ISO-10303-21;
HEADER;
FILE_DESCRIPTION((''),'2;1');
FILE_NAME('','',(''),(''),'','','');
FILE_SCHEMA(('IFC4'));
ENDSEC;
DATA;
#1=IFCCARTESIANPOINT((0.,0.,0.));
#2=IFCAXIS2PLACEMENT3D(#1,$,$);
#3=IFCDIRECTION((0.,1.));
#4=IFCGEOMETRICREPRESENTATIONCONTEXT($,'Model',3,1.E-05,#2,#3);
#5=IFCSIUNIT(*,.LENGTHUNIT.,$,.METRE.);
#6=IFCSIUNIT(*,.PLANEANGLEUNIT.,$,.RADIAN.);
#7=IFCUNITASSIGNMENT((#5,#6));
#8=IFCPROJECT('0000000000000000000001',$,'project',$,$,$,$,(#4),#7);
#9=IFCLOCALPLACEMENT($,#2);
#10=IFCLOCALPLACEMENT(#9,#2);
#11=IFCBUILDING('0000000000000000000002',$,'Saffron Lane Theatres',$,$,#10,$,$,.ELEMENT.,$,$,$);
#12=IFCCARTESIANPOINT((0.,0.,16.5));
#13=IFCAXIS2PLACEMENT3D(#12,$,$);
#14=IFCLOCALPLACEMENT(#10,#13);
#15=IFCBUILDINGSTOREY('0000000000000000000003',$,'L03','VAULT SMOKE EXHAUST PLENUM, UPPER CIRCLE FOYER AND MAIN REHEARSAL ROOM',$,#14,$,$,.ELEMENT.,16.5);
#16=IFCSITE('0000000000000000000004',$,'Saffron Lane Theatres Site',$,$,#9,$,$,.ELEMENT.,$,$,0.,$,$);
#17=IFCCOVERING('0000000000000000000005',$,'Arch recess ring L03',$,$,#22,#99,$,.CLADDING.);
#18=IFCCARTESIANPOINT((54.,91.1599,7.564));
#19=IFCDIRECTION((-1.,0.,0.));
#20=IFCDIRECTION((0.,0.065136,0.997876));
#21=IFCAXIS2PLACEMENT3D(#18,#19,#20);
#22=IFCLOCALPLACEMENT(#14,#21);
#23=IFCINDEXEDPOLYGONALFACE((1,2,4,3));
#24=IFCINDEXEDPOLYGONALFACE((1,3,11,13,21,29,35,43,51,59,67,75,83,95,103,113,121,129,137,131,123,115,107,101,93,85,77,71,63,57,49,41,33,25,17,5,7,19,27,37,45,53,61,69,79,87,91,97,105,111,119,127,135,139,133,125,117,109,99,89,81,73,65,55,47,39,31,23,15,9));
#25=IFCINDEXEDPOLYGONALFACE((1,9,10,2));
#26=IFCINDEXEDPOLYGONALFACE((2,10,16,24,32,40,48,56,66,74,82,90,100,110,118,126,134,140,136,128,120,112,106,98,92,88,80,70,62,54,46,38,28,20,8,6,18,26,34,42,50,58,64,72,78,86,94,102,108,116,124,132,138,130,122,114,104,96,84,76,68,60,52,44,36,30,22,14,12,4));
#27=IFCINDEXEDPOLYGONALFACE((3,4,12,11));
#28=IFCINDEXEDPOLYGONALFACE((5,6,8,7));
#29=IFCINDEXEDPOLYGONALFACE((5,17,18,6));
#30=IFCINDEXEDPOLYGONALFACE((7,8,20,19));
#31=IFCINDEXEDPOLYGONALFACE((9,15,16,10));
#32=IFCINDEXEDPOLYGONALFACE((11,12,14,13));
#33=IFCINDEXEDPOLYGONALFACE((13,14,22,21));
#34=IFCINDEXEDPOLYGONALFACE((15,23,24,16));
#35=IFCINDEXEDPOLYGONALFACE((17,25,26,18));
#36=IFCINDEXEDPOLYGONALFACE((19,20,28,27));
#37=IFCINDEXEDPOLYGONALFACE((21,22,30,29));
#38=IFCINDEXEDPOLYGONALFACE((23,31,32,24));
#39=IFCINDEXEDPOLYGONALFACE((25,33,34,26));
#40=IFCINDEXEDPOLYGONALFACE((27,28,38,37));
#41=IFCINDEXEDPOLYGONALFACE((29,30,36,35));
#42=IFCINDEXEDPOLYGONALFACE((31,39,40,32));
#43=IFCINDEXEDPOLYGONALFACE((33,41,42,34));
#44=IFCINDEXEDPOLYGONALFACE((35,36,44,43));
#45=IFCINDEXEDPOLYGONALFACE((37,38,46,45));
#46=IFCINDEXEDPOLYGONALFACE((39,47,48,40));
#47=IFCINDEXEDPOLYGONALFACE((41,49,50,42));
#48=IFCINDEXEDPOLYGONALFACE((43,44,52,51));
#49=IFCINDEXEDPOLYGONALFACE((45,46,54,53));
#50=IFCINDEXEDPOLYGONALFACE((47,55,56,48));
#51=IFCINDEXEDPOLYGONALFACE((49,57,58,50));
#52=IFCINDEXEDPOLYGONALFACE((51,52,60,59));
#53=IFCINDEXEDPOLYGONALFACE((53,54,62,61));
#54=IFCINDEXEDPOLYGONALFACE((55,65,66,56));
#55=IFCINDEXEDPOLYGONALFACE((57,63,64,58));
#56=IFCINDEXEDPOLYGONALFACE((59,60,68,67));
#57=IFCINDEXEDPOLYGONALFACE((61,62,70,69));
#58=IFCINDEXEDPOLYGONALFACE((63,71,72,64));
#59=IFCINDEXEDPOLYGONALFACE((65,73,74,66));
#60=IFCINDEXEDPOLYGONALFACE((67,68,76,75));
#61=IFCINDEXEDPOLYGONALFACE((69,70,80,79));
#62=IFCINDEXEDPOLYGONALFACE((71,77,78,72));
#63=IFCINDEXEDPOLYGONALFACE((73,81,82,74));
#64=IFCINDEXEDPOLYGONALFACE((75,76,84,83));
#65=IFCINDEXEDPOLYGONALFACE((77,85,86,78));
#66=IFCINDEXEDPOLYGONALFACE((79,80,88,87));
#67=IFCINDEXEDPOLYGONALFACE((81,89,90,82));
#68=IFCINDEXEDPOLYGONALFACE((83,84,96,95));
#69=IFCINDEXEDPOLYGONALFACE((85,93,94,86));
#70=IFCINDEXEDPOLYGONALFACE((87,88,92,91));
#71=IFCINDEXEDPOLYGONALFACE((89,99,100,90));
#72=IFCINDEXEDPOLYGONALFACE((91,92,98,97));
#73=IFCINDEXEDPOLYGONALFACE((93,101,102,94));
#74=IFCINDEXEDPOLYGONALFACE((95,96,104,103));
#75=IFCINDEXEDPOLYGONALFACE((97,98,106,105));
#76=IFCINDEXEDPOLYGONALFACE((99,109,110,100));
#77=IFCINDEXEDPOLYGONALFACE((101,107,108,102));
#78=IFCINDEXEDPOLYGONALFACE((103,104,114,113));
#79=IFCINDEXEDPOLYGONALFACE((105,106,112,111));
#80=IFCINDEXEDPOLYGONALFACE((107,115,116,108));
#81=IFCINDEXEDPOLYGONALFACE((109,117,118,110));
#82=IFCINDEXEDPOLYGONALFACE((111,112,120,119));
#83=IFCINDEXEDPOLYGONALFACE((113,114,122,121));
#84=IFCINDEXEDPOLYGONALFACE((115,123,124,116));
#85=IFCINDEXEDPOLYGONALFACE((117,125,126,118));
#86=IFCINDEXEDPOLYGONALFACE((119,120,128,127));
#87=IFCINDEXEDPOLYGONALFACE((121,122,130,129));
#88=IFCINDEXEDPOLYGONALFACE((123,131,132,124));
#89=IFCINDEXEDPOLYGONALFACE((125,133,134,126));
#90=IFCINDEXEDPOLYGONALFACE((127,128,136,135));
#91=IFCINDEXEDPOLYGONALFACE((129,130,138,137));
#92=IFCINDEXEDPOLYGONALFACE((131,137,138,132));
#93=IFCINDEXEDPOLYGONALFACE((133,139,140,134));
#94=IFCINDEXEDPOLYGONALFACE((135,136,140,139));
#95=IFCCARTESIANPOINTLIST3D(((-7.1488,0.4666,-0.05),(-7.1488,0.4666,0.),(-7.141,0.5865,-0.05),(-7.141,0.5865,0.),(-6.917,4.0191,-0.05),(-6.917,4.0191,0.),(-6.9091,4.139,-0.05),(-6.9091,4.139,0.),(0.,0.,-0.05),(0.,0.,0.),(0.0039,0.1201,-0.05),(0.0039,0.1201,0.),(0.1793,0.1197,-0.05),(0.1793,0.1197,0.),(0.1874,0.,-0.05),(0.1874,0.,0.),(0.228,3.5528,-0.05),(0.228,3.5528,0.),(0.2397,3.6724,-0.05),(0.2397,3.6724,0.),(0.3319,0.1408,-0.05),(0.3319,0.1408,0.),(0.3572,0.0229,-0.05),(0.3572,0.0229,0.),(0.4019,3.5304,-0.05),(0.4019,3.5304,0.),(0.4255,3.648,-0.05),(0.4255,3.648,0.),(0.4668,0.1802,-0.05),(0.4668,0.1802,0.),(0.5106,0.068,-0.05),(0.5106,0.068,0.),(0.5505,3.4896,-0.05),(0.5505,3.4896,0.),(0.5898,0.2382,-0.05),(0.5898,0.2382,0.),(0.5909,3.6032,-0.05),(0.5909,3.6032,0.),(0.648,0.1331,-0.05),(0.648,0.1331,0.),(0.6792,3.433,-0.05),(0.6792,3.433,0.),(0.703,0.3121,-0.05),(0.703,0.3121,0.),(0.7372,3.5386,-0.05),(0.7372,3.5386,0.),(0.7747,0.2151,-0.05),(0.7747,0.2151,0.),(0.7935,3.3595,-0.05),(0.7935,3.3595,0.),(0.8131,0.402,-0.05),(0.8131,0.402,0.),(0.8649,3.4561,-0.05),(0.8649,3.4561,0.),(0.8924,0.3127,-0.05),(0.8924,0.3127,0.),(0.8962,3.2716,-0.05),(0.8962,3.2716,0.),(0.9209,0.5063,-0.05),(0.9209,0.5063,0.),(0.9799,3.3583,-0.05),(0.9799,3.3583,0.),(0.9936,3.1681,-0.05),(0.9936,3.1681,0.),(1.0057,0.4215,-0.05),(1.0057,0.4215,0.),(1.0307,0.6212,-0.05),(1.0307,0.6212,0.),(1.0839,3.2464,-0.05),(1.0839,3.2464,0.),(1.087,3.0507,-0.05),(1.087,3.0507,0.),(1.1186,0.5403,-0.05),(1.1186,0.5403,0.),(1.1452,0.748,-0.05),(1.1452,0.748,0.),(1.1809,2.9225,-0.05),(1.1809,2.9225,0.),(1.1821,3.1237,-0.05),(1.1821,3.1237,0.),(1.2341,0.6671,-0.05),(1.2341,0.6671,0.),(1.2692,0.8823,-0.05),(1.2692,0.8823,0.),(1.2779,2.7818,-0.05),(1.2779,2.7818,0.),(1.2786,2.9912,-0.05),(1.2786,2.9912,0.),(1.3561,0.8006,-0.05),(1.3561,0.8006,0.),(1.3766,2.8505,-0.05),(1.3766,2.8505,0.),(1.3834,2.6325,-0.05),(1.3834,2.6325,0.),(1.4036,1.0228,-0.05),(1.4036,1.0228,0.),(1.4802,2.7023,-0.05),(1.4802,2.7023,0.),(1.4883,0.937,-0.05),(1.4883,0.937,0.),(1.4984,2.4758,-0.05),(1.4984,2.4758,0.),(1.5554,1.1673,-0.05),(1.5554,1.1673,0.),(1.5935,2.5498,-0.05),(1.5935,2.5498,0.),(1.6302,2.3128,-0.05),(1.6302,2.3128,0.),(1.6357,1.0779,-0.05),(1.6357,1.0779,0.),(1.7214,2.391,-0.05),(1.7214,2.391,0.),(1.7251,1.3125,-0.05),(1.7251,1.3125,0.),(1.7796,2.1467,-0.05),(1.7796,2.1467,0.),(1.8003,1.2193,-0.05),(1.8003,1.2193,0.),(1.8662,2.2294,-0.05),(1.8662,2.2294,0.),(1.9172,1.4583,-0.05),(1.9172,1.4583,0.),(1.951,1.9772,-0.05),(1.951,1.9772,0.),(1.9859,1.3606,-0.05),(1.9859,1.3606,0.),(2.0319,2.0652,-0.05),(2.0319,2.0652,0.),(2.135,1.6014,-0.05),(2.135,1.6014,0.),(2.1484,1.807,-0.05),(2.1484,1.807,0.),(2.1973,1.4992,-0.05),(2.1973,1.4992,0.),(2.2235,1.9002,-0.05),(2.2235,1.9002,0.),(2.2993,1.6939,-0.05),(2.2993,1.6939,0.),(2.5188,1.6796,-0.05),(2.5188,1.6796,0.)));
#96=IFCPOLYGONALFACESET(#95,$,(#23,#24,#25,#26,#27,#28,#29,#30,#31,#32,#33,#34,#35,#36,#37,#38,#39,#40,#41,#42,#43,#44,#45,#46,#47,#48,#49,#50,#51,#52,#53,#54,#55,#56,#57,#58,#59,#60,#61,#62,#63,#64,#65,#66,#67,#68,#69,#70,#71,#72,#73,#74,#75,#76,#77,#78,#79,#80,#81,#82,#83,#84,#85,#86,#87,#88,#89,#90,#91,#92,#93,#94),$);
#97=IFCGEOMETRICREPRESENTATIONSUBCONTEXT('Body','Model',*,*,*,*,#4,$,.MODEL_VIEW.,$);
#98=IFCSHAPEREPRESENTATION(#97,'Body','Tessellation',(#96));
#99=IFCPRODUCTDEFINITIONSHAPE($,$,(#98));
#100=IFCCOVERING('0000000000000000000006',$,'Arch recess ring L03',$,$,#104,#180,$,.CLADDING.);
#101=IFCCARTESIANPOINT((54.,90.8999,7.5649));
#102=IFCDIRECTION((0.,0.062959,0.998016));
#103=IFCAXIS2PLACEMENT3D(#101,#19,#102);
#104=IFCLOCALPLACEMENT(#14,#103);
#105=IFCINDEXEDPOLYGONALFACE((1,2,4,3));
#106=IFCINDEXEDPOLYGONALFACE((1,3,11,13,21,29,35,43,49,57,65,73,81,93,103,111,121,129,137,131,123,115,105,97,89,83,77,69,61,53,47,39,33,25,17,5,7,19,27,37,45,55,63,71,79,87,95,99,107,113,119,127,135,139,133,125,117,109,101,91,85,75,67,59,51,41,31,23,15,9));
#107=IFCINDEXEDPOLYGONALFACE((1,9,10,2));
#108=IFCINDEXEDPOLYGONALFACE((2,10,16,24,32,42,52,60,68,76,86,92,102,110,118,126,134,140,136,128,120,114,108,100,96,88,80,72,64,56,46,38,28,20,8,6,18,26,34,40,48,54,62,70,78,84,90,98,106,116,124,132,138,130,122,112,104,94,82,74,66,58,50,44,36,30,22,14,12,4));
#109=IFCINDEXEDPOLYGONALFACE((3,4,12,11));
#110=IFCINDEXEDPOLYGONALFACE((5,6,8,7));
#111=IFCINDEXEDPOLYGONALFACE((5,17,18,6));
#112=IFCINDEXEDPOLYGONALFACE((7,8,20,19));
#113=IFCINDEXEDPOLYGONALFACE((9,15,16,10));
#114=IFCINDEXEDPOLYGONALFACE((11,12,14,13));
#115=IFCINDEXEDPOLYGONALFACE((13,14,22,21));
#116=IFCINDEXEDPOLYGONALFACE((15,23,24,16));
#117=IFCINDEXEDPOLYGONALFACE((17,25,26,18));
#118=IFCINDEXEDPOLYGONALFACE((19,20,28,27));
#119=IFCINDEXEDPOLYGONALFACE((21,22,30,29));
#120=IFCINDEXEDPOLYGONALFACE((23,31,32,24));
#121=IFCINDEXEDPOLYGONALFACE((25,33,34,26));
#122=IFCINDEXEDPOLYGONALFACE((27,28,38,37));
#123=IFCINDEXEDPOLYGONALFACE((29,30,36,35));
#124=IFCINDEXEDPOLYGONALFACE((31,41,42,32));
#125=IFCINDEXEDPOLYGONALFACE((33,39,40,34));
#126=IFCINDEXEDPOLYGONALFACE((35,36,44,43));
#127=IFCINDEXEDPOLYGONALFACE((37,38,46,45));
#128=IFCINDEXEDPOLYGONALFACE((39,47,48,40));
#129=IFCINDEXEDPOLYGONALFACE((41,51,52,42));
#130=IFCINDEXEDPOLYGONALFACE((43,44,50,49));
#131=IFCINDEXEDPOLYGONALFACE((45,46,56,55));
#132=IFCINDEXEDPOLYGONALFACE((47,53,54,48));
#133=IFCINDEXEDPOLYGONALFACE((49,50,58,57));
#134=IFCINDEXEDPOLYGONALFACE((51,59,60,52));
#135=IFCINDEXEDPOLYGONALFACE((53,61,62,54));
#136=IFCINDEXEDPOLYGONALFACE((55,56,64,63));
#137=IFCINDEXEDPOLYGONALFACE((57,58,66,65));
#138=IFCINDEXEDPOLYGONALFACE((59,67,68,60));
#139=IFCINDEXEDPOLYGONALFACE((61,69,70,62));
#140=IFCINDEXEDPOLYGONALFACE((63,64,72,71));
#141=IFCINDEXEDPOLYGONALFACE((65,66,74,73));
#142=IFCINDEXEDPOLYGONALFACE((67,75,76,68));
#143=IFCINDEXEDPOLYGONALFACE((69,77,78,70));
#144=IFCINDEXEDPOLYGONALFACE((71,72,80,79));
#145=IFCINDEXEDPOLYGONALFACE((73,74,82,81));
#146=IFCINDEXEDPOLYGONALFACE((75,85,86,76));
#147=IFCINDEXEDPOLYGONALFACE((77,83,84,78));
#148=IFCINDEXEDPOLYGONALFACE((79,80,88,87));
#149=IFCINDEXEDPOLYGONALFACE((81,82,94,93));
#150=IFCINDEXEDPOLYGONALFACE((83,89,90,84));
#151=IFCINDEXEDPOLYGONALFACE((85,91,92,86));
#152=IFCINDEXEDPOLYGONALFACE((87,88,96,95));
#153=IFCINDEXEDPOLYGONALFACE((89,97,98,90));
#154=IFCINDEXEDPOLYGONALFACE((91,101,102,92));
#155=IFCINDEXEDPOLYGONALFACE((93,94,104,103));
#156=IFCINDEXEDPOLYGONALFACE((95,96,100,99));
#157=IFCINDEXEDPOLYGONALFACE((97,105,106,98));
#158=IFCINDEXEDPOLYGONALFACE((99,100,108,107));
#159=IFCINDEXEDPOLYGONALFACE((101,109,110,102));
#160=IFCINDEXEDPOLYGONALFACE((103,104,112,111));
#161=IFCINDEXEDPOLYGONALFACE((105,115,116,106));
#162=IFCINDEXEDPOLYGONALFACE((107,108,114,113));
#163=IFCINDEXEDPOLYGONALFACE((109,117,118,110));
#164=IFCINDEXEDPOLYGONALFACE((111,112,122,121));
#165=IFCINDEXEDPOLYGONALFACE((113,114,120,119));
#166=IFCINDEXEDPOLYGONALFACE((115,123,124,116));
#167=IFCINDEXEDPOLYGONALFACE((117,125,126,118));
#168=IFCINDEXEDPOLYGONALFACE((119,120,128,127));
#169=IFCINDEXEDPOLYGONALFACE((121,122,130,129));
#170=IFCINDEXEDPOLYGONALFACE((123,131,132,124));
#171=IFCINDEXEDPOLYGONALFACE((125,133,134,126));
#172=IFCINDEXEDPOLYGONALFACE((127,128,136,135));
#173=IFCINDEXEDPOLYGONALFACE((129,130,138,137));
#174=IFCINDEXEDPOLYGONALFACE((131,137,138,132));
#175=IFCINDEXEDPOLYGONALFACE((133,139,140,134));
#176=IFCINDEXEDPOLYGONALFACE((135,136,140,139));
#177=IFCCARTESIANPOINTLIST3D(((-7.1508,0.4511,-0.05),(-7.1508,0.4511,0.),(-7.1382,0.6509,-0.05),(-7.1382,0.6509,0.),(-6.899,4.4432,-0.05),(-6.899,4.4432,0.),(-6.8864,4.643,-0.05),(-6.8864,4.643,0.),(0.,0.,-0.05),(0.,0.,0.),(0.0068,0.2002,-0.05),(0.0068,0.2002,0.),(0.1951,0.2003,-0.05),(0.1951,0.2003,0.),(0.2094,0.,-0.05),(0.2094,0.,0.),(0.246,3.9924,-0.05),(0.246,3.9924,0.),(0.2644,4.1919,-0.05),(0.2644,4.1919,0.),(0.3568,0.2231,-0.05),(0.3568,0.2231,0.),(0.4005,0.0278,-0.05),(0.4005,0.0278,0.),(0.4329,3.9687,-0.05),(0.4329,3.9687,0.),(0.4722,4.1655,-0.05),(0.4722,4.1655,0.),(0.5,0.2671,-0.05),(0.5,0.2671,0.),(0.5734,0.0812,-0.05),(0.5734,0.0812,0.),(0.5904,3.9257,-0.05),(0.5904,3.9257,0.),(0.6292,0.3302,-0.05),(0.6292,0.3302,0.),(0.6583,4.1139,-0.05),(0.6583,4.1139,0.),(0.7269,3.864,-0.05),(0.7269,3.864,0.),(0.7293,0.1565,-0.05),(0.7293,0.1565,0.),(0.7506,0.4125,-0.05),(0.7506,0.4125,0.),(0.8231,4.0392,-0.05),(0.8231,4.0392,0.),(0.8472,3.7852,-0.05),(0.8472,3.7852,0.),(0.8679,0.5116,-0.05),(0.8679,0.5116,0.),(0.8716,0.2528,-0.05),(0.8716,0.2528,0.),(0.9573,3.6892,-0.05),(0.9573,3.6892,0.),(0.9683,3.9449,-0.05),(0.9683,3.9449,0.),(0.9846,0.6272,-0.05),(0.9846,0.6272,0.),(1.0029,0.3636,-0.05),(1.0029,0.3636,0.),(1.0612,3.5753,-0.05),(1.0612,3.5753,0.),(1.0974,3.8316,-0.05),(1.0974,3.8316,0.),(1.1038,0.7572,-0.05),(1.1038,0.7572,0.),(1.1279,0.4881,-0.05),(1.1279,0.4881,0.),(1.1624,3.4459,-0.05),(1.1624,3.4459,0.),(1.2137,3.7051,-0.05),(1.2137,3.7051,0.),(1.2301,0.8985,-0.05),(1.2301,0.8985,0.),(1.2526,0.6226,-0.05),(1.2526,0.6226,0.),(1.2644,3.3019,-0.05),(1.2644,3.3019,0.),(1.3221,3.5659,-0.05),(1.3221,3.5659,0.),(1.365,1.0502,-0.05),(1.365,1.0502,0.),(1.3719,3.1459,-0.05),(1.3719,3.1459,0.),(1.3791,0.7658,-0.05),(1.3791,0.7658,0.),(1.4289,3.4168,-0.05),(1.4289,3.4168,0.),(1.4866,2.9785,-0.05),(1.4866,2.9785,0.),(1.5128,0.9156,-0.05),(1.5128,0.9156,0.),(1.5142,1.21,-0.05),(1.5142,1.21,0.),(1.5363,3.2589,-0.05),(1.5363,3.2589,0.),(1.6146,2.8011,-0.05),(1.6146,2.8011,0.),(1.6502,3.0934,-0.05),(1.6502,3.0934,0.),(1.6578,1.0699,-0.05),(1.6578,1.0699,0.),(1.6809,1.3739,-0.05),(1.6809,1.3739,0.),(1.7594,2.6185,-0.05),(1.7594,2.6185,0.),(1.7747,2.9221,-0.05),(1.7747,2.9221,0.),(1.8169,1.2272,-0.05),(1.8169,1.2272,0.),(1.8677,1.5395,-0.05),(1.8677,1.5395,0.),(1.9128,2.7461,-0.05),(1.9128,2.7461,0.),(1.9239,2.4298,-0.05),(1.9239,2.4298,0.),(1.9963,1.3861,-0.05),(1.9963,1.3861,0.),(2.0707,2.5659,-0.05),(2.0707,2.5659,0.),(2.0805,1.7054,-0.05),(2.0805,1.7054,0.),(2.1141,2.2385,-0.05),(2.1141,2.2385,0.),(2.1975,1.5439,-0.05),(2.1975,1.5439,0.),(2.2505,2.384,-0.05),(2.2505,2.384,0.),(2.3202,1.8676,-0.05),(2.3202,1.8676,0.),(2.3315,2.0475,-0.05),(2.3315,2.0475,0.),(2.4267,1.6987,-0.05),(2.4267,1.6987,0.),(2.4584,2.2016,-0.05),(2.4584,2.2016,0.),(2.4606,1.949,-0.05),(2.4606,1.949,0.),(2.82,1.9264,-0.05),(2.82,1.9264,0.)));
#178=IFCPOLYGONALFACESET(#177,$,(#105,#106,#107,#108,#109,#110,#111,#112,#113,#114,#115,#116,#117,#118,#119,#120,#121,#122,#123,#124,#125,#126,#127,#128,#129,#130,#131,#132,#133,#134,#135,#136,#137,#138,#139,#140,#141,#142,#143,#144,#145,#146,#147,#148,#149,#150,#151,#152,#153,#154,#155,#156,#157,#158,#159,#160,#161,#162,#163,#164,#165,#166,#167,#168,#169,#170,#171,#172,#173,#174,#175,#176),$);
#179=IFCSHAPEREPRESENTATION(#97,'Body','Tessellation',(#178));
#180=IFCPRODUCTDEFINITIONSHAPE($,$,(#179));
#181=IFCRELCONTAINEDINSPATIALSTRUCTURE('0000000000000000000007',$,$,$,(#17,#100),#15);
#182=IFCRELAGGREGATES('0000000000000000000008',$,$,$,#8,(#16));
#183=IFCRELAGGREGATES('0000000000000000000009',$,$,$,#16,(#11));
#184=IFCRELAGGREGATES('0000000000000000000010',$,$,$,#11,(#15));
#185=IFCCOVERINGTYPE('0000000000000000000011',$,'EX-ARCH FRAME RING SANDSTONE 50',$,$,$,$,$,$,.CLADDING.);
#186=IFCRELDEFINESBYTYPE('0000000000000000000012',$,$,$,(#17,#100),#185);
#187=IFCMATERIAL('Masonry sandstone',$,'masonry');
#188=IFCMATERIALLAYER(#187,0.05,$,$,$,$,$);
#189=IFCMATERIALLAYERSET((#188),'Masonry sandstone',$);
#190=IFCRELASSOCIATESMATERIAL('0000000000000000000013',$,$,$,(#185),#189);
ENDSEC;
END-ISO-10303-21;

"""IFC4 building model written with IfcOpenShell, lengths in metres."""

from ifc_helpers import new_model, si_unit, direction, frame, origin, place, context, subcontext, project, spatial, polyline, outline, extrude, material, layer, layer_set, type_object, element, save


model = new_model("IFC4")

# Units and contexts
model_context = context("Model", 3, precision=1e-05, world=origin(), true_north=direction((0.0, 1.0)))
body_context = subcontext(model_context, "Body", "Model", "MODEL_VIEW")
ifc_project = project(units=[si_unit("LENGTHUNIT", "METRE"), si_unit("PLANEANGLEUNIT", "RADIAN")], contexts=[model_context])

# Site, building, storey
site_placement = place(None, origin())
site = spatial("IfcSite", under=ifc_project, at=site_placement, Name="Saffron Lane Theatres Site", CompositionType="ELEMENT", RefElevation=0.0)
building_placement = place(site_placement, origin())
building = spatial("IfcBuilding", under=site, at=building_placement, Name="Saffron Lane Theatres", CompositionType="ELEMENT")
storey_placement = place(building_placement, frame((0.0, 0.0, 16.5)))
storey = spatial("IfcBuildingStorey", under=building, at=storey_placement, Name="L03", Description="VAULT SMOKE EXHAUST PLENUM, UPPER CIRCLE FOYER AND MAIN REHEARSAL ROOM", CompositionType="ELEMENT", Elevation=16.5)

# Coverings
ifc_material_1 = material(Name="Masonry sandstone", Category="masonry")
ifc_layer_1 = layer(ifc_material_1, 0.05)
ifc_layer_set_1 = layer_set([ifc_layer_1], Name="Masonry sandstone")
covering_type_1 = type_object("IfcCoveringType", Name="EX-ARCH FRAME RING SANDSTONE 50", PredefinedType="CLADDING", material=ifc_layer_set_1)
covering_1_placement = place(storey_placement, frame((54.0, 91.1599, 7.564), z_axis=(-1.0, 0.0, 0.0), x_axis=(0.0, 0.065136, 0.997876)))
element("IfcCovering", 1, at=covering_1_placement, inside=storey, type_object=covering_type_1, Name="Arch recess ring L03", PredefinedType="CLADDING", context=body_context, shape_type="SweptSolid", body=[
    extrude(outline(polyline([(0.0, 0.0), (0.1874, 0.0), (0.3572, 0.0229), (0.5106, 0.068), (0.648, 0.1331), (0.7747, 0.2151), (0.8924, 0.3127), (1.0057, 0.4215), (1.1186, 0.5403), (1.2341, 0.6671), (1.3561, 0.8006), (1.4883, 0.937), (1.6357, 1.0779), (1.8003, 1.2193), (1.9859, 1.3606), (2.1973, 1.4992), (2.5188, 1.6796), (2.2235, 1.9002), (2.0319, 2.0652), (1.8662, 2.2294), (1.7214, 2.391), (1.5935, 2.5498), (1.4802, 2.7023), (1.3766, 2.8505), (1.2786, 2.9912), (1.1821, 3.1237), (1.0839, 3.2464), (0.9799, 3.3583), (0.8649, 3.4561), (0.7372, 3.5386), (0.5909, 3.6032), (0.4255, 3.648), (0.2397, 3.6724), (-6.9091, 4.139), (-6.917, 4.0191), (0.228, 3.5528), (0.4019, 3.5304), (0.5505, 3.4896), (0.6792, 3.433), (0.7935, 3.3595), (0.8962, 3.2716), (0.9936, 3.1681), (1.087, 3.0507), (1.1809, 2.9225), (1.2779, 2.7818), (1.3834, 2.6325), (1.4984, 2.4758), (1.6302, 2.3128), (1.7796, 2.1467), (1.951, 1.9772), (2.1484, 1.807), (2.2993, 1.6939), (2.135, 1.6014), (1.9172, 1.4583), (1.7251, 1.3125), (1.5554, 1.1673), (1.4036, 1.0228), (1.2692, 0.8823), (1.1452, 0.748), (1.0307, 0.6212), (0.9209, 0.5063), (0.8131, 0.402), (0.703, 0.3121), (0.5898, 0.2382), (0.4668, 0.1802), (0.3319, 0.1408), (0.1793, 0.1197), (0.0039, 0.1201), (-7.141, 0.5865), (-7.1488, 0.4666), (0.0, 0.0)])), origin(), (0.0, 0.0, -1.0), 0.05),
])
covering_2_placement = place(storey_placement, frame((54.0, 90.8999, 7.5649), z_axis=(-1.0, 0.0, 0.0), x_axis=(0.0, 0.062959, 0.998016)))
element("IfcCovering", 2, at=covering_2_placement, inside=storey, type_object=covering_type_1, Name="Arch recess ring L03", PredefinedType="CLADDING", context=body_context, shape_type="SweptSolid", body=[
    extrude(outline(polyline([(0.0, 0.0), (0.2094, 0.0), (0.4005, 0.0278), (0.5734, 0.0812), (0.7293, 0.1565), (0.8716, 0.2528), (1.0029, 0.3636), (1.1279, 0.4881), (1.2526, 0.6226), (1.3791, 0.7658), (1.5128, 0.9156), (1.6578, 1.0699), (1.8169, 1.2272), (1.9963, 1.3861), (2.1975, 1.5439), (2.4267, 1.6987), (2.82, 1.9264), (2.4584, 2.2016), (2.2505, 2.384), (2.0707, 2.5659), (1.9128, 2.7461), (1.7747, 2.9221), (1.6502, 3.0934), (1.5363, 3.2589), (1.4289, 3.4168), (1.3221, 3.5659), (1.2137, 3.7051), (1.0974, 3.8316), (0.9683, 3.9449), (0.8231, 4.0392), (0.6583, 4.1139), (0.4722, 4.1655), (0.2644, 4.1919), (-6.8864, 4.643), (-6.899, 4.4432), (0.246, 3.9924), (0.4329, 3.9687), (0.5904, 3.9257), (0.7269, 3.864), (0.8472, 3.7852), (0.9573, 3.6892), (1.0612, 3.5753), (1.1624, 3.4459), (1.2644, 3.3019), (1.3719, 3.1459), (1.4866, 2.9785), (1.6146, 2.8011), (1.7594, 2.6185), (1.9239, 2.4298), (2.1141, 2.2385), (2.3315, 2.0475), (2.4606, 1.949), (2.3202, 1.8676), (2.0805, 1.7054), (1.8677, 1.5395), (1.6809, 1.3739), (1.5142, 1.21), (1.365, 1.0502), (1.2301, 0.8985), (1.1038, 0.7572), (0.9846, 0.6272), (0.8679, 0.5116), (0.7506, 0.4125), (0.6292, 0.3302), (0.5, 0.2671), (0.3568, 0.2231), (0.1951, 0.2003), (0.0068, 0.2002), (-7.1382, 0.6509), (-7.1508, 0.4511), (0.0, 0.0)])), origin(), (0.0, 0.0, -1.0), 0.05),
])

save(model, "model.ifc")
